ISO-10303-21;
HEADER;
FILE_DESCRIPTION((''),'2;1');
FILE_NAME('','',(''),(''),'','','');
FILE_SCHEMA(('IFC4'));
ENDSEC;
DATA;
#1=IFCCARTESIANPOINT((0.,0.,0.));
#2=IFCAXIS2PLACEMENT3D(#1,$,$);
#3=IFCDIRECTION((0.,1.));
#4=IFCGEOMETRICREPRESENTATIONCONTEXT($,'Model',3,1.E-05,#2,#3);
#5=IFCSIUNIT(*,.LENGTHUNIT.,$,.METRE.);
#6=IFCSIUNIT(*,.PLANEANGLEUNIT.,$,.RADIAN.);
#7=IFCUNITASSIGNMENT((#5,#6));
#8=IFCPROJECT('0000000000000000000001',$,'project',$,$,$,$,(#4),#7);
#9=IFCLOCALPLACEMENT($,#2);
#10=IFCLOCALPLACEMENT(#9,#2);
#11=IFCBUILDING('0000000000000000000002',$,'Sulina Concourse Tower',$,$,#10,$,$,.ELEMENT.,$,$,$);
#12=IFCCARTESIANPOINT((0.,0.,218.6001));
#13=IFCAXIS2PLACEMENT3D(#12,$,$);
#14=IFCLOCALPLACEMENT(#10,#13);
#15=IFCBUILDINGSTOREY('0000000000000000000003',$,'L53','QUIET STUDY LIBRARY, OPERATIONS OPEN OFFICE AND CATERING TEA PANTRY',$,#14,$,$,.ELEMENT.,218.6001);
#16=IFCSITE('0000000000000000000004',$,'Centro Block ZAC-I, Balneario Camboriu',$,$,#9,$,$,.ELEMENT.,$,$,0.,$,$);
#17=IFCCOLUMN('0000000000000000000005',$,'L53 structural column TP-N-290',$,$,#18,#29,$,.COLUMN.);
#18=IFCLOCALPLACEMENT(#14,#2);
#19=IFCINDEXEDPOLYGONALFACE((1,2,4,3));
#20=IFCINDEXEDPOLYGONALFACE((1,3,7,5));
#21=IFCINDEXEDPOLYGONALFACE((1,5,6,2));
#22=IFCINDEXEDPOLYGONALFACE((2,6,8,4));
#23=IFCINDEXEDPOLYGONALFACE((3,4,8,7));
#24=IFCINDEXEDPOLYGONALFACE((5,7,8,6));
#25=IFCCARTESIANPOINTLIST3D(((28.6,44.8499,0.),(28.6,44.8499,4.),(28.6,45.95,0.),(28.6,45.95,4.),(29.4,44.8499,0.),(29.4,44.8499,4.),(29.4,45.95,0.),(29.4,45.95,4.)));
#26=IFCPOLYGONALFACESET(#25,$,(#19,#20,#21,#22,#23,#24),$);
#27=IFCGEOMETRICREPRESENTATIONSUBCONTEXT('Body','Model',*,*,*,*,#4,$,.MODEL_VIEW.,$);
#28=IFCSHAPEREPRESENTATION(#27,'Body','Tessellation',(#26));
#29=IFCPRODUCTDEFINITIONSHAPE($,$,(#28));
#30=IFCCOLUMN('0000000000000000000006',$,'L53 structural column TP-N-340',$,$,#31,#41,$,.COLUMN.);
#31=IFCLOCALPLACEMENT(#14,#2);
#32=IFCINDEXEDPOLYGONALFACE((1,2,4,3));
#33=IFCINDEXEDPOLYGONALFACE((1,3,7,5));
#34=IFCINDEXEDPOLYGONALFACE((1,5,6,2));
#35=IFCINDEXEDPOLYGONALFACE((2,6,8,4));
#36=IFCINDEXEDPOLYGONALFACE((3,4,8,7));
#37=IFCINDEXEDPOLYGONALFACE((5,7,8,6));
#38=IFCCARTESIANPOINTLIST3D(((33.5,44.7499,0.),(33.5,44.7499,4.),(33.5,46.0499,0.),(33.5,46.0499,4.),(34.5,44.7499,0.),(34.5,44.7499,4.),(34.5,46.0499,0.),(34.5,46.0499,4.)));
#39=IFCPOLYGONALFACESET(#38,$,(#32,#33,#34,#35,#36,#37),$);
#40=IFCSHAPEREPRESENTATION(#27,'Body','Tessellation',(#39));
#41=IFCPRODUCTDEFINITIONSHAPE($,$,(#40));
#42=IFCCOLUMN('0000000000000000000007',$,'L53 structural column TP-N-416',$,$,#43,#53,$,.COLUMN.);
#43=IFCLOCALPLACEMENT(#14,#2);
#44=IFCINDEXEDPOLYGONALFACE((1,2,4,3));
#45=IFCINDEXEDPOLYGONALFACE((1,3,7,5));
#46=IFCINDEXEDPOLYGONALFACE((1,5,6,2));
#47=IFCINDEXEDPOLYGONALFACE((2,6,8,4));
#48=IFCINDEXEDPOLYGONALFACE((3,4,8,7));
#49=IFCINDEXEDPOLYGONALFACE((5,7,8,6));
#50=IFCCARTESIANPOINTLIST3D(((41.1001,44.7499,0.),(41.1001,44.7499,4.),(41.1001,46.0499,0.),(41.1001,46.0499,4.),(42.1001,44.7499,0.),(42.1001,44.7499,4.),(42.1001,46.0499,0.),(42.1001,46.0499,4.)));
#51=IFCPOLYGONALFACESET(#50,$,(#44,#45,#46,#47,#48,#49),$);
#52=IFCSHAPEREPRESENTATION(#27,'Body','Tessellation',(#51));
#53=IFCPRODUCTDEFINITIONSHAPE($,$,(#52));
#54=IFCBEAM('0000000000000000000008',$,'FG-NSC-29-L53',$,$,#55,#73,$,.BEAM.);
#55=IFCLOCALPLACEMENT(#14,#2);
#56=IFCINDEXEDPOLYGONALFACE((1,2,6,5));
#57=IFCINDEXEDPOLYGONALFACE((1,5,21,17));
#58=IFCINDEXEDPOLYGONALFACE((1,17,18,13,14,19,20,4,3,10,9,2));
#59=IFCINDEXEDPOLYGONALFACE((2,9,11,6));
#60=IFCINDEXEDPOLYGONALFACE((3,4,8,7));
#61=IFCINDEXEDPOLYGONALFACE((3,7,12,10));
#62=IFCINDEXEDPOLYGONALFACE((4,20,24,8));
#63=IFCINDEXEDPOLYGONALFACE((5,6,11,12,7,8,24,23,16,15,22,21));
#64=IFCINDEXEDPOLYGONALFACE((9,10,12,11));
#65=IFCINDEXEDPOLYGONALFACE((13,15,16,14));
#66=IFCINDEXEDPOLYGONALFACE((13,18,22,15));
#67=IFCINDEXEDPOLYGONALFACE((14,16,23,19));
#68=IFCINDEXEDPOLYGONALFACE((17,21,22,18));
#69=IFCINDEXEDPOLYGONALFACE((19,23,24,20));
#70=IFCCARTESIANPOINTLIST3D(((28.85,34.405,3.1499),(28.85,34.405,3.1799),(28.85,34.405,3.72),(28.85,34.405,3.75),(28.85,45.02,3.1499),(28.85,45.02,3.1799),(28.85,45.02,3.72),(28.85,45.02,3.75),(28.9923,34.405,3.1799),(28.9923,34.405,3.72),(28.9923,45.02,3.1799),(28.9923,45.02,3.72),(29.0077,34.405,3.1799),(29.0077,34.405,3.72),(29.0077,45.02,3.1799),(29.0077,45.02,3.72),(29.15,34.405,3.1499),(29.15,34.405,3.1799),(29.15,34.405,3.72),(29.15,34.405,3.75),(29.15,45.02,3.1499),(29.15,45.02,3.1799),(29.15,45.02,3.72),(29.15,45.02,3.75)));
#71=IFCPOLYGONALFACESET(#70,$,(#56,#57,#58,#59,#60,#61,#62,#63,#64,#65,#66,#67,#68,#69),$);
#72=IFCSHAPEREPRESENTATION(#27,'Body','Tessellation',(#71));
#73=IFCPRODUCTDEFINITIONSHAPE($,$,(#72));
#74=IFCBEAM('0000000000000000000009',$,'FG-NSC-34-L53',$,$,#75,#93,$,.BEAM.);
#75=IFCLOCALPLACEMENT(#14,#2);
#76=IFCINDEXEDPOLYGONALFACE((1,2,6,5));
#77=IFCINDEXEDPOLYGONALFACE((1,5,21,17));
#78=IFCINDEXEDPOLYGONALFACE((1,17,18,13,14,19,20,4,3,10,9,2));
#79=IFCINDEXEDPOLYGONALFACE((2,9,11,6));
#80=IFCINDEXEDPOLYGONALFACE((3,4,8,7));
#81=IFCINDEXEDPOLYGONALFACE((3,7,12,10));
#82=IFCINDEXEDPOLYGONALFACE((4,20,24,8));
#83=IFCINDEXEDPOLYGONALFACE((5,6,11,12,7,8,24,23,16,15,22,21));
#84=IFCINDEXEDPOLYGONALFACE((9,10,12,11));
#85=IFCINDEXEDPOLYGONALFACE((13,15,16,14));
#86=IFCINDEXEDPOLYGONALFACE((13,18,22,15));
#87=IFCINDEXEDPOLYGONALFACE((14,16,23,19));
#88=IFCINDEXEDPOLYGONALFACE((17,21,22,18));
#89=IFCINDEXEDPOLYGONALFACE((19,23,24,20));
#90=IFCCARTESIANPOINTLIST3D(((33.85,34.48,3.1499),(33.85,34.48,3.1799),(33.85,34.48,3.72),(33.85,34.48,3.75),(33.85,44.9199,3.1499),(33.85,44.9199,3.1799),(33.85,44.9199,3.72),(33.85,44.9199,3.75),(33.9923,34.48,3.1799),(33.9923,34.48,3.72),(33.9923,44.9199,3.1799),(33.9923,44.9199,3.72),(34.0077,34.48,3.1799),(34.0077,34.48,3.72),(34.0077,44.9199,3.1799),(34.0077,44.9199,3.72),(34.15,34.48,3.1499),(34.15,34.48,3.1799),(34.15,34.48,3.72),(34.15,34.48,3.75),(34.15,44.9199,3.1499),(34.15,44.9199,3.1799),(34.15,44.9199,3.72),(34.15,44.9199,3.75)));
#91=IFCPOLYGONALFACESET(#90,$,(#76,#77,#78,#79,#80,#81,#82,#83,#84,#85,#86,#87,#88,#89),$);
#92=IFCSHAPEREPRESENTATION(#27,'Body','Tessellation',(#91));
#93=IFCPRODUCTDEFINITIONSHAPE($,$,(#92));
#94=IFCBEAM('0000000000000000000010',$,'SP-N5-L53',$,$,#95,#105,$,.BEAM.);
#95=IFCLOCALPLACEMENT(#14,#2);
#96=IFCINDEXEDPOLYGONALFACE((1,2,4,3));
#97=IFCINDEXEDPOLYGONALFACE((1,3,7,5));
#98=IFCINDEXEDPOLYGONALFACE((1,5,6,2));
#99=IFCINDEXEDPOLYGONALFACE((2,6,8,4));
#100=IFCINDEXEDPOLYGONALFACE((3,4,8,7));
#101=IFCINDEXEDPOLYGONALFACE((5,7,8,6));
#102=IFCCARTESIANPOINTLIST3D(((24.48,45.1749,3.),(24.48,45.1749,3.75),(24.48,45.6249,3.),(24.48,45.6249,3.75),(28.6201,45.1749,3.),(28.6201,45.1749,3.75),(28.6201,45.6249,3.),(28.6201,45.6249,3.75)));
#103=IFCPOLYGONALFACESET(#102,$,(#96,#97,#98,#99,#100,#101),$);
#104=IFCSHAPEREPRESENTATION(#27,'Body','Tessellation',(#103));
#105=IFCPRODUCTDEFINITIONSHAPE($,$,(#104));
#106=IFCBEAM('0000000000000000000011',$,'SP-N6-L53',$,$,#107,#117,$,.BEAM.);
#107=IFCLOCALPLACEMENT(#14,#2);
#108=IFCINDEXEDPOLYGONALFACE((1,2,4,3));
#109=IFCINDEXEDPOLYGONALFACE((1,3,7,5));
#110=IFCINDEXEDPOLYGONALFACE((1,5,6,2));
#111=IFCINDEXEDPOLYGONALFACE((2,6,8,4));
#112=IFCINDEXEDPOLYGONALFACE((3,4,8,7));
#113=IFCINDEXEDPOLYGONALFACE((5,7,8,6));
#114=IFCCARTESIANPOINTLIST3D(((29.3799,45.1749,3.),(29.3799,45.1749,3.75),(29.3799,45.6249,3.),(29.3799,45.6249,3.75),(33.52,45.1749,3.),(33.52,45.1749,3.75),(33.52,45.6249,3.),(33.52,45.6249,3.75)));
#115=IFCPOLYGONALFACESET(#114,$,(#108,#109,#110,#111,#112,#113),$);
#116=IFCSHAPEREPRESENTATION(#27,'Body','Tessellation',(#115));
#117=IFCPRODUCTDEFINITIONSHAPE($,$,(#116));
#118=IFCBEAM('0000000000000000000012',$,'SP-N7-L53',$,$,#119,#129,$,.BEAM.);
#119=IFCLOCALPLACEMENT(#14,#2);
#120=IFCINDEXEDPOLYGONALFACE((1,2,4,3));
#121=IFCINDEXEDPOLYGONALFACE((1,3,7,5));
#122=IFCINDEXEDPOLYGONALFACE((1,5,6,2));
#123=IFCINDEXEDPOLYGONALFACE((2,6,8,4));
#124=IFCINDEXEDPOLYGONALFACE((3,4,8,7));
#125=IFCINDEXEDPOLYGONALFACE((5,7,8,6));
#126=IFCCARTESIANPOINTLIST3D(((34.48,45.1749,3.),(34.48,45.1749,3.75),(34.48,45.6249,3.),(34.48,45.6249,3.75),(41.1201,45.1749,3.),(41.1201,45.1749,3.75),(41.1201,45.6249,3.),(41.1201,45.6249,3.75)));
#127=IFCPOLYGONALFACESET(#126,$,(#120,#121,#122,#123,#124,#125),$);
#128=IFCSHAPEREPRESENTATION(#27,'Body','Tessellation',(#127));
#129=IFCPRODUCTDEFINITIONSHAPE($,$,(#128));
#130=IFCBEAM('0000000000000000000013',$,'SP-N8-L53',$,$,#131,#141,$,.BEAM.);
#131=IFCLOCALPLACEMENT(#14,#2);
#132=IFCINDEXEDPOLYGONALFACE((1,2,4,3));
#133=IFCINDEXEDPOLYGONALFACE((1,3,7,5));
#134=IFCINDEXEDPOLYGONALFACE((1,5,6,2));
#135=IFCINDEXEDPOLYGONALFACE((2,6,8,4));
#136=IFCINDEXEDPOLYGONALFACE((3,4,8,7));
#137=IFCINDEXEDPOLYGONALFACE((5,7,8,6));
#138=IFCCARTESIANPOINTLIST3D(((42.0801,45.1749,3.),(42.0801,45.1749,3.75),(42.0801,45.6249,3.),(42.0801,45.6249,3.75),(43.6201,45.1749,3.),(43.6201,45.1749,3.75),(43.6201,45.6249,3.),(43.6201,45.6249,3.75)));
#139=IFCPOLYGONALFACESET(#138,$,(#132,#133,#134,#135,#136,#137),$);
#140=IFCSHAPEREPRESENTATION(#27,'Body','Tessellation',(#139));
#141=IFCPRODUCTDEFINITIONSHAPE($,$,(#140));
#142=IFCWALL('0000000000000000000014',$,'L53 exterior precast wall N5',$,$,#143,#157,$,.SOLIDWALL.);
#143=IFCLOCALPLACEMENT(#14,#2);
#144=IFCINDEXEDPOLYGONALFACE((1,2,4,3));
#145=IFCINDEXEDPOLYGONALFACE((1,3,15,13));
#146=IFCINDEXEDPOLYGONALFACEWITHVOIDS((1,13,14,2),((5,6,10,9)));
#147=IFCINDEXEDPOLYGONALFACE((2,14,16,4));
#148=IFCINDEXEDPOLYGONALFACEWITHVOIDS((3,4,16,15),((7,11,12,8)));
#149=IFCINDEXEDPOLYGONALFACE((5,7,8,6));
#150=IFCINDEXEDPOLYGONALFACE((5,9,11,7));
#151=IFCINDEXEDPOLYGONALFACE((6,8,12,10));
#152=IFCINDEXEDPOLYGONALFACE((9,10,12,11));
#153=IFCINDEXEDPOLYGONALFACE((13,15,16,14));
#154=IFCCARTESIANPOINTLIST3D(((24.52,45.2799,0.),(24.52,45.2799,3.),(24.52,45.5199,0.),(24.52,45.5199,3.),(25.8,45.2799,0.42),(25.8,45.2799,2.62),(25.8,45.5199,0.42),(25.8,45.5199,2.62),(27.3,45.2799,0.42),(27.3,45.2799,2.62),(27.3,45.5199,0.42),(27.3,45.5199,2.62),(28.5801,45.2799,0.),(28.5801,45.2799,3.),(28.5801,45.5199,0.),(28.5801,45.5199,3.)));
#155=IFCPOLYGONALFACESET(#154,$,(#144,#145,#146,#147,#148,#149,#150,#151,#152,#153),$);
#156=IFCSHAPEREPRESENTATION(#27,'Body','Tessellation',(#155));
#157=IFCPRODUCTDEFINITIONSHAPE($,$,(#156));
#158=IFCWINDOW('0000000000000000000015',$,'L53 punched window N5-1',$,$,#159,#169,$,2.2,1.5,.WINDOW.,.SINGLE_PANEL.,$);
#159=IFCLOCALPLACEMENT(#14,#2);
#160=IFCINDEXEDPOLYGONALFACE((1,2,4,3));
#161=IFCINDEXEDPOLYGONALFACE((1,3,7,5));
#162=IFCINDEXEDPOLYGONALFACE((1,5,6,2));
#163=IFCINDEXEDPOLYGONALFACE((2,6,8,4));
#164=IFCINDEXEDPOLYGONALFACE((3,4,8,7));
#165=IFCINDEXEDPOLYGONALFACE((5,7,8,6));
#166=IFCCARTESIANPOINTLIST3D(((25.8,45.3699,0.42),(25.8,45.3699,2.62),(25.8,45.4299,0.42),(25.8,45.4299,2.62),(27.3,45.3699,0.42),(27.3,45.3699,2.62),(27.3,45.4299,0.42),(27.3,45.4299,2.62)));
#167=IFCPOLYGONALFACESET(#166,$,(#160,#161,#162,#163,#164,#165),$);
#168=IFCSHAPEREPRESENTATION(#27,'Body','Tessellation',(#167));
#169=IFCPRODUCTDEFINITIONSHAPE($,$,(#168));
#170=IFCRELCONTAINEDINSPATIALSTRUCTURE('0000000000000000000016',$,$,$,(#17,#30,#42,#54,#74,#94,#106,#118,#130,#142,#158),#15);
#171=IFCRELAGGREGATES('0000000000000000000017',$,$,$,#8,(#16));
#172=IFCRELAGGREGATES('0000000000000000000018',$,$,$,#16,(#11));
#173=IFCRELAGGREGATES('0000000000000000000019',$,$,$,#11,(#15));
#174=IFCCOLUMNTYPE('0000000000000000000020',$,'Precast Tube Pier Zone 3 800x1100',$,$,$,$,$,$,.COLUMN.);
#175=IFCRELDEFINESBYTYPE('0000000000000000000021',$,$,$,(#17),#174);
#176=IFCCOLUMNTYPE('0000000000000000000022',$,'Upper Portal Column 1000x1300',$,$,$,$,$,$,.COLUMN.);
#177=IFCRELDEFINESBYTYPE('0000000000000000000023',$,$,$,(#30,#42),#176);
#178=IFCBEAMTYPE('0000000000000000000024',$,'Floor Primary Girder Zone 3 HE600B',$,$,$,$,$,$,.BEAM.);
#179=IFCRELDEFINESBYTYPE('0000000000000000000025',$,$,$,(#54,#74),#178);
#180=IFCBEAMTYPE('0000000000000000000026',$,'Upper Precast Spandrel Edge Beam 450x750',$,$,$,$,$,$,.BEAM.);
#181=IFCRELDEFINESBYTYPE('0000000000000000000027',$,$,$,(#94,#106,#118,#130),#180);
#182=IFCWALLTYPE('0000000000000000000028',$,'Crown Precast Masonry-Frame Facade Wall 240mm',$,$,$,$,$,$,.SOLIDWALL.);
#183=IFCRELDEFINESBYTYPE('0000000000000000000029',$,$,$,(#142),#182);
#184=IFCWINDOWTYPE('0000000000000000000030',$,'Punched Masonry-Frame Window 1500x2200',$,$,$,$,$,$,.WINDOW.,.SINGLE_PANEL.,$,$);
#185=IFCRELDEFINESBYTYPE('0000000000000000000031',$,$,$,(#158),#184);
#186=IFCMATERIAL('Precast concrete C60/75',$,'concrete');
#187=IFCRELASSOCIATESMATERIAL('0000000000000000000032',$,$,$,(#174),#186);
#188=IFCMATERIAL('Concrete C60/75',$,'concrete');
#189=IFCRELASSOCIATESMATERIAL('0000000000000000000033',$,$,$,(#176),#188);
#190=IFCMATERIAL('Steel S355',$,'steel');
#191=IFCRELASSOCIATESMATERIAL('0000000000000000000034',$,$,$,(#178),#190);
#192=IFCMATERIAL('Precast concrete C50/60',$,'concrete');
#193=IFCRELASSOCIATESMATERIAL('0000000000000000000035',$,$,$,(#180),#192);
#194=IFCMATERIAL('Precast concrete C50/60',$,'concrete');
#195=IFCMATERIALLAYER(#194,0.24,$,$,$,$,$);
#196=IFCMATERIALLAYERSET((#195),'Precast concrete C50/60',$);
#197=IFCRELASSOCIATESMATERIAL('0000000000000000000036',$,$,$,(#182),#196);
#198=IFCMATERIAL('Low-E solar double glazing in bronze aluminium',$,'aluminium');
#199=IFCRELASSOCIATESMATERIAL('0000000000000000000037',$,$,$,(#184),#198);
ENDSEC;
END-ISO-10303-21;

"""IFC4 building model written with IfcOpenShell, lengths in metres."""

from ifc_helpers import new_model, si_unit, direction, frame, frame_2d, origin, origin_2d, place, context, subcontext, project, spatial, rectangle, i_section, extrude, material, layer, layer_set, material_profile, profile_set, type_object, element, fill, save


model = new_model("IFC4")

# Units and contexts
model_context = context("Model", 3, precision=1e-05, world=origin(), true_north=direction((0.0, 1.0)))
body_context = subcontext(model_context, "Body", "Model", "MODEL_VIEW")
ifc_project = project(units=[si_unit("LENGTHUNIT", "METRE"), si_unit("PLANEANGLEUNIT", "RADIAN")], contexts=[model_context])

# Site, building, storey
site_placement = place(None, origin())
site = spatial("IfcSite", under=ifc_project, at=site_placement, Name="Centro Block ZAC-I, Balneario Camboriu", CompositionType="ELEMENT", RefElevation=0.0)
building_placement = place(site_placement, origin())
building = spatial("IfcBuilding", under=site, at=building_placement, Name="Sulina Concourse Tower", CompositionType="ELEMENT")
storey_placement = place(building_placement, frame((0.0, 0.0, 218.6001)))
storey = spatial("IfcBuildingStorey", under=building, at=storey_placement, Name="L53", Description="QUIET STUDY LIBRARY, OPERATIONS OPEN OFFICE AND CATERING TEA PANTRY", CompositionType="ELEMENT", Elevation=218.6001)

# Columns
ifc_material_1 = material(Name="Precast concrete C60/75", Category="concrete")
ifc_material_profile_1 = material_profile(ifc_material_1, rectangle(XDim=0.8, YDim=1.1001, at=origin_2d()), Name="PC 800x1100")
ifc_profile_set_1 = profile_set([ifc_material_profile_1], Name="Precast concrete C60/75")
column_type_1 = type_object("IfcColumnType", Name="Precast Tube Pier Zone 3 800x1100", PredefinedType="COLUMN", material=ifc_profile_set_1)
column_placement = place(storey_placement, frame((29.0, 45.3999, 0.0), z_axis=(0.0, 0.0, 1.0), x_axis=(1.0, 0.0, 0.0)))
element("IfcColumn", 1, at=column_placement, inside=storey, type_object=column_type_1, Name="L53 structural column TP-N-290", PredefinedType="COLUMN", context=body_context, shape_type="SweptSolid", body=[
    extrude(rectangle(XDim=0.8, YDim=1.1001, at=origin_2d()), origin(), (0.0, 0.0, 1.0), 4.0),
])
ifc_material_2 = material(Name="Concrete C60/75", Category="concrete")
ifc_material_profile_2 = material_profile(ifc_material_2, rectangle(XDim=1.0, YDim=1.3, at=origin_2d()), Name="RC 1000x1300")
ifc_profile_set_2 = profile_set([ifc_material_profile_2], Name="Concrete C60/75")
column_type_2 = type_object("IfcColumnType", Name="Upper Portal Column 1000x1300", PredefinedType="COLUMN", material=ifc_profile_set_2)
for number, where, z_axis, x_axis, name in (
    (2, (34.0, 45.3999, 0.0), (0.0, 0.0, 1.0), (1.0, 0.0, 0.0), "L53 structural column TP-N-340"),
    (3, (41.6001, 45.3999, 0.0), (0.0, 0.0, 1.0), (1.0, 0.0, 0.0), "L53 structural column TP-N-416"),
):
    element("IfcColumn", number, at=place(storey_placement, frame(where, z_axis=z_axis, x_axis=x_axis)), inside=storey, type_object=column_type_2, Name=name, PredefinedType="COLUMN", context=body_context, shape_type="SweptSolid", body=[
        extrude(rectangle(XDim=1.0, YDim=1.3, at=origin_2d()), origin(), (0.0, 0.0, 1.0), 4.0),
    ])

# Beams
ifc_material_3 = material(Name="Steel S355", Category="steel")
ifc_material_profile_3 = material_profile(ifc_material_3, i_section(OverallWidth=0.3, OverallDepth=0.6001, WebThickness=0.0154, FlangeThickness=0.03, at=origin_2d()), Name="HE 600 B")
ifc_profile_set_3 = profile_set([ifc_material_profile_3], Name="Steel S355")
beam_type_1 = type_object("IfcBeamType", Name="Floor Primary Girder Zone 3 HE600B", PredefinedType="BEAM", material=ifc_profile_set_3)
beam_1_placement = place(storey_placement, frame((29.0, 34.405, 3.45), z_axis=(0.0, 1.0, 0.0), x_axis=(-1.0, 0.0, 0.0)))
element("IfcBeam", 4, at=beam_1_placement, inside=storey, type_object=beam_type_1, Name="FG-NSC-29-L53", PredefinedType="BEAM", context=body_context, shape_type="SweptSolid", body=[
    extrude(i_section(OverallWidth=0.3, OverallDepth=0.6001, WebThickness=0.0154, FlangeThickness=0.03, at=origin_2d()), origin(), (0.0, 0.0, 1.0), 10.615),
])
beam_2_placement = place(storey_placement, frame((34.0, 34.48, 3.45), z_axis=(0.0, 1.0, 0.0), x_axis=(-1.0, 0.0, 0.0)))
element("IfcBeam", 5, at=beam_2_placement, inside=storey, type_object=beam_type_1, Name="FG-NSC-34-L53", PredefinedType="BEAM", context=body_context, shape_type="SweptSolid", body=[
    extrude(i_section(OverallWidth=0.3, OverallDepth=0.6001, WebThickness=0.0154, FlangeThickness=0.03, at=origin_2d()), origin(), (0.0, 0.0, 1.0), 10.4399),
])
ifc_material_4 = material(Name="Precast concrete C50/60", Category="concrete")
ifc_material_profile_4 = material_profile(ifc_material_4, rectangle(XDim=0.45, YDim=0.75, at=origin_2d()), Name="RC 450x750")
ifc_profile_set_4 = profile_set([ifc_material_profile_4], Name="Precast concrete C50/60")
beam_type_2 = type_object("IfcBeamType", Name="Upper Precast Spandrel Edge Beam 450x750", PredefinedType="BEAM", material=ifc_profile_set_4)
for number, where, z_axis, x_axis, name in (
    (6, (24.48, 45.3999, 3.375), (1.0, 0.0, 0.0), (0.0, 1.0, 0.0), "SP-N5-L53"),
    (7, (29.3799, 45.3999, 3.375), (1.0, 0.0, 0.0), (0.0, 1.0, 0.0), "SP-N6-L53"),
):
    element("IfcBeam", number, at=place(storey_placement, frame(where, z_axis=z_axis, x_axis=x_axis)), inside=storey, type_object=beam_type_2, Name=name, PredefinedType="BEAM", context=body_context, shape_type="SweptSolid", body=[
        extrude(rectangle(XDim=0.45, YDim=0.75, at=origin_2d()), origin(), (0.0, 0.0, 1.0), 4.1401),
    ])
beam_3_placement = place(storey_placement, frame((34.48, 45.3999, 3.375), z_axis=(1.0, 0.0, 0.0), x_axis=(0.0, 1.0, 0.0)))
element("IfcBeam", 8, at=beam_3_placement, inside=storey, type_object=beam_type_2, Name="SP-N7-L53", PredefinedType="BEAM", context=body_context, shape_type="SweptSolid", body=[
    extrude(rectangle(XDim=0.45, YDim=0.75, at=origin_2d()), origin(), (0.0, 0.0, 1.0), 6.6401),
])
beam_4_placement = place(storey_placement, frame((42.0801, 45.3999, 3.375), z_axis=(1.0, 0.0, 0.0), x_axis=(0.0, 1.0, 0.0)))
element("IfcBeam", 9, at=beam_4_placement, inside=storey, type_object=beam_type_2, Name="SP-N8-L53", PredefinedType="BEAM", context=body_context, shape_type="SweptSolid", body=[
    extrude(rectangle(XDim=0.45, YDim=0.75, at=origin_2d()), origin(), (0.0, 0.0, 1.0), 1.54),
])

# Wall, opening, window
ifc_material_5 = material(Name="Precast concrete C50/60", Category="concrete")
ifc_layer_1 = layer(ifc_material_5, 0.24)
ifc_layer_set_1 = layer_set([ifc_layer_1], Name="Precast concrete C50/60")
wall_type_1 = type_object("IfcWallType", Name="Crown Precast Masonry-Frame Facade Wall 240mm", PredefinedType="SOLIDWALL", material=ifc_layer_set_1)
wall_1_placement = place(storey_placement, frame((24.52, 45.3999, 0.0), z_axis=(0.0, 0.0, 1.0), x_axis=(1.0, 0.0, 0.0)))
wall_1 = element("IfcWall", 10, at=wall_1_placement, inside=storey, type_object=wall_type_1, Name="L53 exterior precast wall N5", PredefinedType="SOLIDWALL", context=body_context, shape_type="SweptSolid", body=[
    extrude(rectangle(XDim=4.0601, YDim=0.24, at=frame_2d((2.03, 0.0))), origin(), (0.0, 0.0, 1.0), 3.0),
])
opening_1_placement = place(wall_1_placement, frame((1.28, 0.0, 0.4199)))
opening_1 = element("IfcOpeningElement", 11, at=opening_1_placement, cuts=wall_1, PredefinedType="OPENING", context=body_context, shape_type="SweptSolid", body=[
    extrude(rectangle(XDim=1.5, YDim=2.2, at=frame_2d((0.75, 1.1001))), frame((0.0, 0.1299, 0.0), z_axis=(0.0, -1.0, 0.0), x_axis=(1.0, 0.0, 0.0)), (0.0, 0.0, 1.0), 0.26),
])
ifc_material_6 = material(Name="Low-E solar double glazing in bronze aluminium", Category="aluminium")
window_type = type_object("IfcWindowType", Name="Punched Masonry-Frame Window 1500x2200", PartitioningType="SINGLE_PANEL", PredefinedType="WINDOW", material=ifc_material_6)
window_1_placement = place(opening_1_placement, origin())
window_1 = element("IfcWindow", 12, at=window_1_placement, inside=storey, type_object=window_type, Name="L53 punched window N5-1", OverallHeight=2.2, OverallWidth=1.5, PartitioningType="SINGLE_PANEL", PredefinedType="WINDOW", context=body_context, shape_type="SweptSolid", body=[
    extrude(rectangle(XDim=1.5, YDim=2.2, at=frame_2d((0.75, 1.1001))), frame((0.0, 0.03, 0.0), z_axis=(0.0, -1.0, 0.0), x_axis=(1.0, 0.0, 0.0)), (0.0, 0.0, 1.0), 0.0601),
])
fill(opening_1, window_1)

save(model, "model.ifc")
